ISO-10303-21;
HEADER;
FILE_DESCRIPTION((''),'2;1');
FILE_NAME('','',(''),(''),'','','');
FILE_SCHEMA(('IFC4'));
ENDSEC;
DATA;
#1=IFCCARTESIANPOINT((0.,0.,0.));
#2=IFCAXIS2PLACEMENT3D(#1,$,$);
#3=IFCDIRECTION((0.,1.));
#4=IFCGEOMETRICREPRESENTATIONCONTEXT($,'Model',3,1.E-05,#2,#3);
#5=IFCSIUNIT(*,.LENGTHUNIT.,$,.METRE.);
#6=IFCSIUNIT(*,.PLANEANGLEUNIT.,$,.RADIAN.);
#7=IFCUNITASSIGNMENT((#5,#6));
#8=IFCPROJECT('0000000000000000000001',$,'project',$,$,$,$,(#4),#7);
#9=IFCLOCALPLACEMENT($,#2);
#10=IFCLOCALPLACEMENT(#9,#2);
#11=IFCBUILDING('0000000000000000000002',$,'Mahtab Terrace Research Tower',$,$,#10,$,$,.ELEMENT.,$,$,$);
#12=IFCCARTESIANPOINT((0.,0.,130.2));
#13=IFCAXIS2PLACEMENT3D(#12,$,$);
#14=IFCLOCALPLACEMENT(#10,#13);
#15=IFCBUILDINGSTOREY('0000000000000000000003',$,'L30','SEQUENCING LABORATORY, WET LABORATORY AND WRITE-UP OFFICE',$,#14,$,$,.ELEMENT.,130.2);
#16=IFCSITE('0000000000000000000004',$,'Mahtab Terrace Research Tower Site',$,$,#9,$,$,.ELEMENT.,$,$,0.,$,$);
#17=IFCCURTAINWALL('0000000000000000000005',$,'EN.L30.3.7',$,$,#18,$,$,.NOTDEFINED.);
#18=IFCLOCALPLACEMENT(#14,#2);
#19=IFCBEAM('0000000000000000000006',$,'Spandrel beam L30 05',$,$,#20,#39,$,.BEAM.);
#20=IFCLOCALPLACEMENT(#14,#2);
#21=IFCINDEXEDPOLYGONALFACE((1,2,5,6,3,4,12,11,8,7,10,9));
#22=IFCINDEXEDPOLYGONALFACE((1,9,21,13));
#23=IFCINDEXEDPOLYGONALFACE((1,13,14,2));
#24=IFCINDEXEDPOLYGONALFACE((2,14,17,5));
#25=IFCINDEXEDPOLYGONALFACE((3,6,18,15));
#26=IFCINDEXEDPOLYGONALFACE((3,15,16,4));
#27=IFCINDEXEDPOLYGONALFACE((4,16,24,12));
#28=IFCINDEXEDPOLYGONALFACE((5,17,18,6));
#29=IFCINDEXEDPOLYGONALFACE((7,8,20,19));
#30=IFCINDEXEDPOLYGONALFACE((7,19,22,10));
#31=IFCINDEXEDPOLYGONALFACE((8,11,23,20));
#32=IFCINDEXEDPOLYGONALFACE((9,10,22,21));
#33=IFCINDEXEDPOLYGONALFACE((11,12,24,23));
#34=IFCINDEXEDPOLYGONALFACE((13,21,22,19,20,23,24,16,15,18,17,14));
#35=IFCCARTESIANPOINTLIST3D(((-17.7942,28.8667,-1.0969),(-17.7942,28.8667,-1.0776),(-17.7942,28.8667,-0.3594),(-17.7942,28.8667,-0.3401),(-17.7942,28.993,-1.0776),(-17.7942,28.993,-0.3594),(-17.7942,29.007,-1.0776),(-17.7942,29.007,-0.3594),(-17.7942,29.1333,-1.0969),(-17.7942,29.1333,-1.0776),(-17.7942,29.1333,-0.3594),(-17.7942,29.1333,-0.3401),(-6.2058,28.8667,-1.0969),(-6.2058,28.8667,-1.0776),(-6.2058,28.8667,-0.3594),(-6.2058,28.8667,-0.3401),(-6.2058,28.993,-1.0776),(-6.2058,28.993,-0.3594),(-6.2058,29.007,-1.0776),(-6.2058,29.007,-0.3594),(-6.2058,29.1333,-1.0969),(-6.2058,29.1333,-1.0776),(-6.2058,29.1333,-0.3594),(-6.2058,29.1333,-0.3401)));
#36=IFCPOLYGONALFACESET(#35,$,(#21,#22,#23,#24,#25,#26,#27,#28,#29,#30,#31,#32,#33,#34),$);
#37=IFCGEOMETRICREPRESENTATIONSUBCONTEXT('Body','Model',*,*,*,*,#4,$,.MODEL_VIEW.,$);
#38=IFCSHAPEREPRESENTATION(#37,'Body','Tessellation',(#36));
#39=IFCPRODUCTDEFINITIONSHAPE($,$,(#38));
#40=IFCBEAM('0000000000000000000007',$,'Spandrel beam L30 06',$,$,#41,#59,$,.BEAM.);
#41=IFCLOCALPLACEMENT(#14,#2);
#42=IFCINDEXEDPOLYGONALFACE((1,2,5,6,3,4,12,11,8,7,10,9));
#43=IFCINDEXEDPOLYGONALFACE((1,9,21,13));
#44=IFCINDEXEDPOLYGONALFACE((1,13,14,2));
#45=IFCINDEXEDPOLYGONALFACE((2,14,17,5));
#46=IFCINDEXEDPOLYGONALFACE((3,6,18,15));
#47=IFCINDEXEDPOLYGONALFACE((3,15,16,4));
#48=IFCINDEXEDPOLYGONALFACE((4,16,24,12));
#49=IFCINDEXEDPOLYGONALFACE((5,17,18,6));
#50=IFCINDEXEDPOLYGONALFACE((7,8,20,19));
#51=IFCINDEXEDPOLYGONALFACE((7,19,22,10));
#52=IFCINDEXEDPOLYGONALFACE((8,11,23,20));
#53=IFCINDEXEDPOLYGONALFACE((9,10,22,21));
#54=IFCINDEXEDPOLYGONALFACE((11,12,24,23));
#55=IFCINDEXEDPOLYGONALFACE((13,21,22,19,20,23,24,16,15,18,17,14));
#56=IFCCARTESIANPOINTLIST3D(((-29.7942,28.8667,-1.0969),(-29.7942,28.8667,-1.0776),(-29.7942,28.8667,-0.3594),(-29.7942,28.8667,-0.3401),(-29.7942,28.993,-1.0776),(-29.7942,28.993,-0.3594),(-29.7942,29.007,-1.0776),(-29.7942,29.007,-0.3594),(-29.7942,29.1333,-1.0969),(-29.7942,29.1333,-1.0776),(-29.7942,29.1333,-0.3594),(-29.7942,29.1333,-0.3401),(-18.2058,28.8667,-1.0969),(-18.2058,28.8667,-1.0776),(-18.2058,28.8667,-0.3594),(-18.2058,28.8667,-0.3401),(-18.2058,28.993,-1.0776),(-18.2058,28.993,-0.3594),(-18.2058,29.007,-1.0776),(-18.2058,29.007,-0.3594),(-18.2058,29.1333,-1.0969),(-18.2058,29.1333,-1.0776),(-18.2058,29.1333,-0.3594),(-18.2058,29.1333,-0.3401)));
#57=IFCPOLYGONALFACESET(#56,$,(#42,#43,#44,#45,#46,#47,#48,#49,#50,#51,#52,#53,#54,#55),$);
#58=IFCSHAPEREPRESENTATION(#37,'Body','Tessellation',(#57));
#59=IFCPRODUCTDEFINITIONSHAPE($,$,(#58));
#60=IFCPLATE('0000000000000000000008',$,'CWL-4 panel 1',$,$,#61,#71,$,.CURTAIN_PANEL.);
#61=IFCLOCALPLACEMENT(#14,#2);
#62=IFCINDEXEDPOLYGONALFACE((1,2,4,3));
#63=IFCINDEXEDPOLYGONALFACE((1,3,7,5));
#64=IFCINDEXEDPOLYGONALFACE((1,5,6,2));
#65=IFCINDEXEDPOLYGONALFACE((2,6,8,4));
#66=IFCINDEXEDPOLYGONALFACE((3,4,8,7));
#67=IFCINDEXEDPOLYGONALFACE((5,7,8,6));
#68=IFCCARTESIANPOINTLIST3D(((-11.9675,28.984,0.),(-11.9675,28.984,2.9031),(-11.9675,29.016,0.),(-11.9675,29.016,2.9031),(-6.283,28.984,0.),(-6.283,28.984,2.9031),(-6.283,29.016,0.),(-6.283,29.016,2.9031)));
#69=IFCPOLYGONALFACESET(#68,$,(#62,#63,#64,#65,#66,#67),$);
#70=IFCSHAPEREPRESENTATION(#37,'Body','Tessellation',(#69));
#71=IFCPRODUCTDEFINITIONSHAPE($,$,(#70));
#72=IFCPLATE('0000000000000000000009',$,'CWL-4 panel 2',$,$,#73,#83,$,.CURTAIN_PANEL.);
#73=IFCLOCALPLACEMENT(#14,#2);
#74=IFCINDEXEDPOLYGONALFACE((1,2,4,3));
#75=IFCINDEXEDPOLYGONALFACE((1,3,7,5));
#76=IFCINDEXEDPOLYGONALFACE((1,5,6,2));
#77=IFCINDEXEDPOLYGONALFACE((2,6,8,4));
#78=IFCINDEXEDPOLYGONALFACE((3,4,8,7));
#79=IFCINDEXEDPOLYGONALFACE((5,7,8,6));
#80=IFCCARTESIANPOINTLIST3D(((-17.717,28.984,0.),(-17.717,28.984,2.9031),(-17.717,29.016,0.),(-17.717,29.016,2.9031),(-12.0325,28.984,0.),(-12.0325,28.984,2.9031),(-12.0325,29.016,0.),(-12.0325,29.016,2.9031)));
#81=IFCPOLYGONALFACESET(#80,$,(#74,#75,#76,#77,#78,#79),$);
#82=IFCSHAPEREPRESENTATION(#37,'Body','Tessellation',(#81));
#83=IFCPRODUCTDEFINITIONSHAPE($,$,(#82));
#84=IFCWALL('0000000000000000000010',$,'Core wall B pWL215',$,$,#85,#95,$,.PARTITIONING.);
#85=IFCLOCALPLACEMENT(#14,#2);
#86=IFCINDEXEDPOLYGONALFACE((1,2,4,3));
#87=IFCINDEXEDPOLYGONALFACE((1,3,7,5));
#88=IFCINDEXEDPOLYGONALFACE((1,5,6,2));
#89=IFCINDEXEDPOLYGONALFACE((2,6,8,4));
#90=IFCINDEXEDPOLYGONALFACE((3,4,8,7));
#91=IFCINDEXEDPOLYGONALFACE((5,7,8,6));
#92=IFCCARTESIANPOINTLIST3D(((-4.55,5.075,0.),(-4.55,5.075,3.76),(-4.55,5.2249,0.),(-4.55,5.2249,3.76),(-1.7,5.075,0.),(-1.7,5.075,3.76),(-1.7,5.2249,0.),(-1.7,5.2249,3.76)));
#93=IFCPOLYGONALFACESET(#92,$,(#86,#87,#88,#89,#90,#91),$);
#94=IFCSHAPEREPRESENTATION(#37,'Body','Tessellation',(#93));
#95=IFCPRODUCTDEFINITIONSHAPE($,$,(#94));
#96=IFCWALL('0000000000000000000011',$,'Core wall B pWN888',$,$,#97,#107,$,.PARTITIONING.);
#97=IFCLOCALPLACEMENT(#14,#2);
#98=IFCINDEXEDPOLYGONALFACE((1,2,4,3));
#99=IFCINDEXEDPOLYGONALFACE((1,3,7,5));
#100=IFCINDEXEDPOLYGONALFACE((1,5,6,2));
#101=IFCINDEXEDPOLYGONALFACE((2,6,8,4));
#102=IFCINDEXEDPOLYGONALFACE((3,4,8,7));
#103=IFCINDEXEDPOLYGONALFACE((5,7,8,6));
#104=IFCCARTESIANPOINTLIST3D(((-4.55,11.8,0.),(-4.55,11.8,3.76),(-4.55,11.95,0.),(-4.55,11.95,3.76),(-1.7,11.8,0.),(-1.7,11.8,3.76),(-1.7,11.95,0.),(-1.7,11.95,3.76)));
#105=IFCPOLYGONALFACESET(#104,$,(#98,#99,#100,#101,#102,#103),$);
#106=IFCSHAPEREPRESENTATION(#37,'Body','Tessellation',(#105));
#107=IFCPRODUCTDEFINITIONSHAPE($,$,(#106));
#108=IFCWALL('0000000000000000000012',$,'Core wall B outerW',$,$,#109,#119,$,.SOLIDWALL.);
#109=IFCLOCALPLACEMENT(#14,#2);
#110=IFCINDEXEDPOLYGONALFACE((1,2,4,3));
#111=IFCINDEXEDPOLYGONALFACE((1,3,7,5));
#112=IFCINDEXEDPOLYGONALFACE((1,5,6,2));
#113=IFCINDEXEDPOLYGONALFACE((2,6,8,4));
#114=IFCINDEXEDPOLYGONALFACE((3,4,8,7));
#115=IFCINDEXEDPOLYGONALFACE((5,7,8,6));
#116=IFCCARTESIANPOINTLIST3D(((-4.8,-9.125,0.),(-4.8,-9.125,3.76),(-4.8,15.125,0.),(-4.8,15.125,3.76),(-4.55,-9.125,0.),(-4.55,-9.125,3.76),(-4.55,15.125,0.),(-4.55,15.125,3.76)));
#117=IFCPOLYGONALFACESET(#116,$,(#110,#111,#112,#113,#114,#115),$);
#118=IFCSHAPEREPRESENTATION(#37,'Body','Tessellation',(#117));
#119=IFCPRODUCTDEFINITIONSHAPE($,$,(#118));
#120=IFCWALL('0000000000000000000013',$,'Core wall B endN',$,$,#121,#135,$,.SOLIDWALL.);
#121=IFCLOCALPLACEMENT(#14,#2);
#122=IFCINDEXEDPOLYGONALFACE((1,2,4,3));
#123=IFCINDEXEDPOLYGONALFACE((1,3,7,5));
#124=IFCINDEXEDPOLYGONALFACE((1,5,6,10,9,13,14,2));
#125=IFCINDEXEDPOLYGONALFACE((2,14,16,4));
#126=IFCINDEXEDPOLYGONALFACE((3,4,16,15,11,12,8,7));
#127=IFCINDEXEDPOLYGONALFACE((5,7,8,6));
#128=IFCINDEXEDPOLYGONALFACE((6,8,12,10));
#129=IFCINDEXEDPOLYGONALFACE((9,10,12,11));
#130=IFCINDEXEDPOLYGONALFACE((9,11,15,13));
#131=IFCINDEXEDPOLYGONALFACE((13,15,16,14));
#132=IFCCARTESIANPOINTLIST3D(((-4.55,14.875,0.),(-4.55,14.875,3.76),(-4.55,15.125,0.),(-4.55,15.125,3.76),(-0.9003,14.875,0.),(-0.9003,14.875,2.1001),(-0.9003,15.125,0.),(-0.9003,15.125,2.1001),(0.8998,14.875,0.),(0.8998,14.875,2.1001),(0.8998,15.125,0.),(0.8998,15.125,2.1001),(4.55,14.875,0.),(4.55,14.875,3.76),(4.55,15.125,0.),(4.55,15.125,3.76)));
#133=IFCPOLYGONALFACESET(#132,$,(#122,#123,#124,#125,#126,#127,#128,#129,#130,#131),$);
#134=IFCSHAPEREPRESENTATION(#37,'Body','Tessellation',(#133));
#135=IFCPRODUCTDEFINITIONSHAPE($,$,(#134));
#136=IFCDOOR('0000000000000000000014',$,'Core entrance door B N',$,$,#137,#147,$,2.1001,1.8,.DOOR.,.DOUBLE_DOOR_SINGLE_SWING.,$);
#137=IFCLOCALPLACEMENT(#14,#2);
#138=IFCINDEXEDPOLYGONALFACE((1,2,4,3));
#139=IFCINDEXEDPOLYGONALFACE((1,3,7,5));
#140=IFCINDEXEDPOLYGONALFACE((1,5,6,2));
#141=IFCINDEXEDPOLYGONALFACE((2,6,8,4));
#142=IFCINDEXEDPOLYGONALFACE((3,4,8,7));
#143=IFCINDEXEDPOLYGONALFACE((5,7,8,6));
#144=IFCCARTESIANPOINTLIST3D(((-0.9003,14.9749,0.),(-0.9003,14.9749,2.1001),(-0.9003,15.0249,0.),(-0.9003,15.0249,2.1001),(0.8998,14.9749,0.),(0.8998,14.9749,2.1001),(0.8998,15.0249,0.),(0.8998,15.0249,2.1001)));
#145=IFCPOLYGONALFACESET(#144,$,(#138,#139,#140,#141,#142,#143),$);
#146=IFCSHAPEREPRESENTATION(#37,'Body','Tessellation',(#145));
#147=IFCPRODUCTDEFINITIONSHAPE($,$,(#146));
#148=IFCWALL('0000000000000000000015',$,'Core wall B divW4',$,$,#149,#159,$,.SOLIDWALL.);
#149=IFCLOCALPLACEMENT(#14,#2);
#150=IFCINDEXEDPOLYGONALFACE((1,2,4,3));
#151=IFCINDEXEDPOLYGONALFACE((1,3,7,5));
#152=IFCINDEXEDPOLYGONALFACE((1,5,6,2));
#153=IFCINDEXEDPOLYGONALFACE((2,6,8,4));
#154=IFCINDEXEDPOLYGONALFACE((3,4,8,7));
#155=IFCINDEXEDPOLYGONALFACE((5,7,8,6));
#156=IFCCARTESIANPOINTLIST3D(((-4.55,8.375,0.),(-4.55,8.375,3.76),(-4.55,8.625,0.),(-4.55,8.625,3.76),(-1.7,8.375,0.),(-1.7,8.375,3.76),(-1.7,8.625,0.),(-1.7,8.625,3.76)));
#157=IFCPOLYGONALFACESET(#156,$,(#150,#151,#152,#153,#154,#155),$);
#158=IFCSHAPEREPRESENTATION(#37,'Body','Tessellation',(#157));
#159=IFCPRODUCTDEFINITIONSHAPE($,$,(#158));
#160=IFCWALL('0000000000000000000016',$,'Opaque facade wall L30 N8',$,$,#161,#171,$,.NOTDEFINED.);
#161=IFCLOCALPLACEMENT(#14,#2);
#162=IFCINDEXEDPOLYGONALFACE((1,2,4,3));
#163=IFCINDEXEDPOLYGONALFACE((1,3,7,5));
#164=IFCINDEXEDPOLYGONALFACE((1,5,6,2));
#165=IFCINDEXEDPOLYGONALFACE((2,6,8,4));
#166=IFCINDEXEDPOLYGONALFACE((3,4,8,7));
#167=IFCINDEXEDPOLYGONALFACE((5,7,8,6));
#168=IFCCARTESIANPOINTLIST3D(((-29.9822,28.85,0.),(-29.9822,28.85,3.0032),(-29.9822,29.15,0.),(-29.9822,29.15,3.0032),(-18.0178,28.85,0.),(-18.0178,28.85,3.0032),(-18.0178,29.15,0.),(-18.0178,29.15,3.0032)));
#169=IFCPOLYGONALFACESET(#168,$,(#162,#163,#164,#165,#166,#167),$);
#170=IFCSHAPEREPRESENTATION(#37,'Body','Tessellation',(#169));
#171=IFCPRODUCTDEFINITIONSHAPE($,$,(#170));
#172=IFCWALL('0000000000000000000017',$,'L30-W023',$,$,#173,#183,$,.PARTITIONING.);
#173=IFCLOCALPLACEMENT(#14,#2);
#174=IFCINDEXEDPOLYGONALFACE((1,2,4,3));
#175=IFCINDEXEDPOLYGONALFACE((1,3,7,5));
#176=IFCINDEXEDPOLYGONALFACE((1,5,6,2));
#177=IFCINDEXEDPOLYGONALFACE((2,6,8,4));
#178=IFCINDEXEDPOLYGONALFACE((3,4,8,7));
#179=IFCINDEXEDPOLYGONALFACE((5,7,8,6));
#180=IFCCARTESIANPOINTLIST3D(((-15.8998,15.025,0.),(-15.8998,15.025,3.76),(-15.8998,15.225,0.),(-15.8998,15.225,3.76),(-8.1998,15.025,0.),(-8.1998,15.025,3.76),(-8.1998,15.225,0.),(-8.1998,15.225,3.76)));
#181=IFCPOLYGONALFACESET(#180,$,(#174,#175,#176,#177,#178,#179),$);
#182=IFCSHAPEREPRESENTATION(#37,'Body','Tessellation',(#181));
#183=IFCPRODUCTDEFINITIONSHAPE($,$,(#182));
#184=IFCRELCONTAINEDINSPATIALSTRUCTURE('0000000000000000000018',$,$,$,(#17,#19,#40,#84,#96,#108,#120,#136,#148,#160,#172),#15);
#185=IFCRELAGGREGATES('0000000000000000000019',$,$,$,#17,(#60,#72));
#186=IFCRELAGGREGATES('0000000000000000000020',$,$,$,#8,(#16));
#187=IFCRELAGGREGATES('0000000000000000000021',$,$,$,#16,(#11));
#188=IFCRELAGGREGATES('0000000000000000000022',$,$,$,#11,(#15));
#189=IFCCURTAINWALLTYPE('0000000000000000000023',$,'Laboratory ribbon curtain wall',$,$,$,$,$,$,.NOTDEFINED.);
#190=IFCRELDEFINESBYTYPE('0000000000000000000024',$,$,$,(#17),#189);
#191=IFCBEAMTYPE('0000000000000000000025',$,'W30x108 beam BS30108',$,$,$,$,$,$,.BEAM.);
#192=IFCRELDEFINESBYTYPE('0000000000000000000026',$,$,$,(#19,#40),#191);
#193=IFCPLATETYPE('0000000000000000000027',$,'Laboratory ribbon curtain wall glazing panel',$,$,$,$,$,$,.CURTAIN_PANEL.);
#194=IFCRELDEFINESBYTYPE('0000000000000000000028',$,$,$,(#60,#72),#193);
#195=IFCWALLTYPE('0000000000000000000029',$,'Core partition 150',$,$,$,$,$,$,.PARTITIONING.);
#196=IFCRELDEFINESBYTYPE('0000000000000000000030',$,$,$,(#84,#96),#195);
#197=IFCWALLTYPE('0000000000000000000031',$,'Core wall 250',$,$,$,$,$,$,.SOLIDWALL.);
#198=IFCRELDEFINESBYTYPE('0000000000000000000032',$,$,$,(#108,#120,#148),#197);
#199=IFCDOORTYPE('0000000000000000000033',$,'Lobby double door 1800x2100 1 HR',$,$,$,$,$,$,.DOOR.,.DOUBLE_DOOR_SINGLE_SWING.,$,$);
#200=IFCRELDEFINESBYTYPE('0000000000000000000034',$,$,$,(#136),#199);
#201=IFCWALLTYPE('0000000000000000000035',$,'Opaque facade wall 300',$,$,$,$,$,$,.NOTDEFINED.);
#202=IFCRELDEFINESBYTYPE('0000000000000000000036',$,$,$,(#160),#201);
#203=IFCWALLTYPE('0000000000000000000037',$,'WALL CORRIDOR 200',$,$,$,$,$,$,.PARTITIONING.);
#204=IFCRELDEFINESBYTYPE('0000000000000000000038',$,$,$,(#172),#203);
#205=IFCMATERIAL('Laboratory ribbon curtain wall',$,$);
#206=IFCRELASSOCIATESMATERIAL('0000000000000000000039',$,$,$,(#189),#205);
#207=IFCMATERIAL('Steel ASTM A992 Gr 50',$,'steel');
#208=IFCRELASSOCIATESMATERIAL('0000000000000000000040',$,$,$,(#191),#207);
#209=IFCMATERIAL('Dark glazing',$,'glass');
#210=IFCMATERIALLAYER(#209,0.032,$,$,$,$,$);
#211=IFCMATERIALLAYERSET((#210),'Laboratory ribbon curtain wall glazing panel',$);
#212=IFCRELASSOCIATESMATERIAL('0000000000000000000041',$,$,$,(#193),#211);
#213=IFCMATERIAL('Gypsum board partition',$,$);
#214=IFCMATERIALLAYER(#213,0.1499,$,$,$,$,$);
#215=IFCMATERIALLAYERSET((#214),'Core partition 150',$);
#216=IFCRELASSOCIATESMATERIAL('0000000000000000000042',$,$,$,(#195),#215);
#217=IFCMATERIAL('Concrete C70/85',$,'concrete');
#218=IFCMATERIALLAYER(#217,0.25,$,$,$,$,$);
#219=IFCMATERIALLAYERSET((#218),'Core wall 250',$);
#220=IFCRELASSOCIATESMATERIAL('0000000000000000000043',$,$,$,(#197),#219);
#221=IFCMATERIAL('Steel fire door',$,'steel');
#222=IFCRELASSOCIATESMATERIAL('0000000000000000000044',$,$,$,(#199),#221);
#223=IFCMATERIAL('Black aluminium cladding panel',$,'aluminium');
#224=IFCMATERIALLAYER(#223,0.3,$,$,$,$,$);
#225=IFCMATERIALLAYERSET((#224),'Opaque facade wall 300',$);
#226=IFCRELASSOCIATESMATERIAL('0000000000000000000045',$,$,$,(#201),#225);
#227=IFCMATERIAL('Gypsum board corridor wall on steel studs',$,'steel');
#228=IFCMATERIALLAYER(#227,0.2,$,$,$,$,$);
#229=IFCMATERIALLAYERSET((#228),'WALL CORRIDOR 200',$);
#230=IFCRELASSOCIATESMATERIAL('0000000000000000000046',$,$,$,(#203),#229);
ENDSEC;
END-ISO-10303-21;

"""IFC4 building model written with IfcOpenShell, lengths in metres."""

from ifc_helpers import new_model, si_unit, direction, frame, frame_2d, origin, origin_2d, place, context, subcontext, project, spatial, rectangle, i_section, extrude, material, layer, layer_set, material_profile, profile_set, type_object, element, fill, aggregate, save


model = new_model("IFC4")

# Units and contexts
model_context = context("Model", 3, precision=1e-05, world=origin(), true_north=direction((0.0, 1.0)))
body_context = subcontext(model_context, "Body", "Model", "MODEL_VIEW")
ifc_project = project(units=[si_unit("LENGTHUNIT", "METRE"), si_unit("PLANEANGLEUNIT", "RADIAN")], contexts=[model_context])

# Site, building, storey
site_placement = place(None, origin())
site = spatial("IfcSite", under=ifc_project, at=site_placement, Name="Mahtab Terrace Research Tower Site", CompositionType="ELEMENT", RefElevation=0.0)
building_placement = place(site_placement, origin())
building = spatial("IfcBuilding", under=site, at=building_placement, Name="Mahtab Terrace Research Tower", CompositionType="ELEMENT")
storey_placement = place(building_placement, frame((0.0, 0.0, 130.2)))
storey = spatial("IfcBuildingStorey", under=building, at=storey_placement, Name="L30", Description="SEQUENCING LABORATORY, WET LABORATORY AND WRITE-UP OFFICE", CompositionType="ELEMENT", Elevation=130.2)

# Shared definitions
ifc_material_1 = material(Name="Concrete C70/85", Category="concrete")
ifc_material_2 = material(Name="Steel ASTM A992 Gr 50", Category="steel")

# Curtain wall
ifc_material_3 = material(Name="Laboratory ribbon curtain wall")
curtain_wall_type = type_object("IfcCurtainWallType", Name="Laboratory ribbon curtain wall", PredefinedType="NOTDEFINED", material=ifc_material_3)
curtain_wall_placement = place(storey_placement, origin())
curtain_wall = element("IfcCurtainWall", 1, at=curtain_wall_placement, inside=storey, type_object=curtain_wall_type, Name="EN.L30.3.7", PredefinedType="NOTDEFINED")

# Beams
ifc_material_profile_1 = material_profile(ifc_material_2, i_section(OverallWidth=0.2666, OverallDepth=0.7568, WebThickness=0.0139, FlangeThickness=0.0193, at=origin_2d()), Name="W30X108")
ifc_profile_set_1 = profile_set([ifc_material_profile_1], Name="Steel ASTM A992 Gr 50")
beam_type = type_object("IfcBeamType", Name="W30x108 beam BS30108", PredefinedType="BEAM", material=ifc_profile_set_1)
for number, where, z_axis, x_axis, name in (
    (2, (-6.2058, 29.0, -0.7185), (-1.0, 0.0, 0.0), (0.0, -1.0, 0.0), "Spandrel beam L30 05"),
    (3, (-18.2058, 29.0, -0.7185), (-1.0, 0.0, 0.0), (0.0, -1.0, 0.0), "Spandrel beam L30 06"),
):
    element("IfcBeam", number, at=place(storey_placement, frame(where, z_axis=z_axis, x_axis=x_axis)), inside=storey, type_object=beam_type, Name=name, PredefinedType="BEAM", context=body_context, shape_type="SweptSolid", body=[
        extrude(i_section(OverallWidth=0.2666, OverallDepth=0.7568, WebThickness=0.0139, FlangeThickness=0.0193, at=origin_2d()), origin(), (0.0, 0.0, 1.0), 11.5884),
    ])

# Plates
ifc_material_4 = material(Name="Dark glazing", Category="glass")
ifc_layer_1 = layer(ifc_material_4, 0.032)
ifc_layer_set_1 = layer_set([ifc_layer_1], Name="Laboratory ribbon curtain wall glazing panel")
plate_type = type_object("IfcPlateType", Name="Laboratory ribbon curtain wall glazing panel", PredefinedType="CURTAIN_PANEL", material=ifc_layer_set_1)
plate_1_placement = place(storey_placement, frame((-9.1252, 29.0, 0.0), z_axis=(0.0, 0.0, 1.0), x_axis=(-1.0, 0.0, 0.0)))
plate_1 = element("IfcPlate", 4, at=plate_1_placement, type_object=plate_type, Name="CWL-4 panel 1", PredefinedType="CURTAIN_PANEL", context=body_context, shape_type="SweptSolid", body=[
    extrude(rectangle(XDim=5.6846, YDim=0.032, at=origin_2d()), origin(), (0.0, 0.0, 1.0), 2.9031),
])
plate_2_placement = place(storey_placement, frame((-14.8748, 29.0, 0.0), z_axis=(0.0, 0.0, 1.0), x_axis=(-1.0, 0.0, 0.0)))
plate_2 = element("IfcPlate", 5, at=plate_2_placement, type_object=plate_type, Name="CWL-4 panel 2", PredefinedType="CURTAIN_PANEL", context=body_context, shape_type="SweptSolid", body=[
    extrude(rectangle(XDim=5.6846, YDim=0.032, at=origin_2d()), origin(), (0.0, 0.0, 1.0), 2.9031),
])
aggregate(curtain_wall, [plate_1, plate_2])

# Walls
ifc_material_5 = material(Name="Gypsum board partition")
ifc_layer_2 = layer(ifc_material_5, 0.1499)
ifc_layer_set_2 = layer_set([ifc_layer_2], Name="Core partition 150")
wall_type_1 = type_object("IfcWallType", Name="Core partition 150", PredefinedType="PARTITIONING", material=ifc_layer_set_2)
for number, where, z_axis, x_axis, name in (
    (6, (-4.55, 5.1499, 0.0), (0.0, 0.0, 1.0), (1.0, 0.0, 0.0), "Core wall B pWL215"),
    (7, (-4.55, 11.875, 0.0), (0.0, 0.0, 1.0), (1.0, 0.0, 0.0), "Core wall B pWN888"),
):
    element("IfcWall", number, at=place(storey_placement, frame(where, z_axis=z_axis, x_axis=x_axis)), inside=storey, type_object=wall_type_1, Name=name, PredefinedType="PARTITIONING", context=body_context, shape_type="SweptSolid", body=[
        extrude(rectangle(XDim=2.8501, YDim=0.1499, at=frame_2d((1.425, 0.0))), origin(), (0.0, 0.0, 1.0), 3.76),
    ])
ifc_layer_3 = layer(ifc_material_1, 0.25)
ifc_layer_set_3 = layer_set([ifc_layer_3], Name="Core wall 250")
wall_type_2 = type_object("IfcWallType", Name="Core wall 250", PredefinedType="SOLIDWALL", material=ifc_layer_set_3)
wall_1_placement = place(storey_placement, frame((-4.675, 15.125, 0.0), z_axis=(0.0, 0.0, 1.0), x_axis=(0.0, -1.0, 0.0)))
element("IfcWall", 8, at=wall_1_placement, inside=storey, type_object=wall_type_2, Name="Core wall B outerW", PredefinedType="SOLIDWALL", context=body_context, shape_type="SweptSolid", body=[
    extrude(rectangle(XDim=24.25, YDim=0.25, at=frame_2d((12.125, 0.0))), origin(), (0.0, 0.0, 1.0), 3.76),
])

# Wall, opening, door
wall_2_placement = place(storey_placement, frame((-4.55, 15.0, 0.0), z_axis=(0.0, 0.0, 1.0), x_axis=(1.0, 0.0, 0.0)))
wall_2 = element("IfcWall", 9, at=wall_2_placement, inside=storey, type_object=wall_type_2, Name="Core wall B endN", PredefinedType="SOLIDWALL", context=body_context, shape_type="SweptSolid", body=[
    extrude(rectangle(XDim=9.1001, YDim=0.25, at=frame_2d((4.55, 0.0))), origin(), (0.0, 0.0, 1.0), 3.76),
])
opening_placement = place(wall_2_placement, frame((3.6499, 0.0, 0.0)))
opening = element("IfcOpeningElement", 10, at=opening_placement, cuts=wall_2, PredefinedType="OPENING", context=body_context, shape_type="SweptSolid", body=[
    extrude(rectangle(XDim=1.8, YDim=2.1001, at=frame_2d((0.8999, 1.05))), frame((0.0, 0.135, 0.0), z_axis=(0.0, -1.0, 0.0), x_axis=(1.0, 0.0, 0.0)), (0.0, 0.0, 1.0), 0.27),
])
ifc_material_6 = material(Name="Steel fire door", Category="steel")
door_type = type_object("IfcDoorType", Name="Lobby double door 1800x2100 1 HR", OperationType="DOUBLE_DOOR_SINGLE_SWING", PredefinedType="DOOR", material=ifc_material_6)
door_placement = place(opening_placement, origin())
door = element("IfcDoor", 11, at=door_placement, inside=storey, type_object=door_type, Name="Core entrance door B N", OperationType="DOUBLE_DOOR_SINGLE_SWING", OverallHeight=2.1001, OverallWidth=1.8, PredefinedType="DOOR", context=body_context, shape_type="SweptSolid", body=[
    extrude(rectangle(XDim=1.8, YDim=2.1001, at=frame_2d((0.8999, 1.05))), frame((0.0, 0.0249, 0.0), z_axis=(0.0, -1.0, 0.0), x_axis=(1.0, 0.0, 0.0)), (0.0, 0.0, 1.0), 0.05),
])
fill(opening, door)

# Walls
wall_3_placement = place(storey_placement, frame((-4.55, 8.5, 0.0), z_axis=(0.0, 0.0, 1.0), x_axis=(1.0, 0.0, 0.0)))
element("IfcWall", 12, at=wall_3_placement, inside=storey, type_object=wall_type_2, Name="Core wall B divW4", PredefinedType="SOLIDWALL", context=body_context, shape_type="SweptSolid", body=[
    extrude(rectangle(XDim=2.8501, YDim=0.25, at=frame_2d((1.425, 0.0))), origin(), (0.0, 0.0, 1.0), 3.76),
])
ifc_material_7 = material(Name="Black aluminium cladding panel", Category="aluminium")
ifc_layer_4 = layer(ifc_material_7, 0.3)
ifc_layer_set_4 = layer_set([ifc_layer_4], Name="Opaque facade wall 300")
wall_type_3 = type_object("IfcWallType", Name="Opaque facade wall 300", PredefinedType="NOTDEFINED", material=ifc_layer_set_4)
wall_4_placement = place(storey_placement, frame((-18.0178, 29.0, 0.0), z_axis=(0.0, 0.0, 1.0), x_axis=(-1.0, 0.0, 0.0)))
element("IfcWall", 13, at=wall_4_placement, inside=storey, type_object=wall_type_3, Name="Opaque facade wall L30 N8", PredefinedType="NOTDEFINED", context=body_context, shape_type="SweptSolid", body=[
    extrude(rectangle(XDim=11.9644, YDim=0.3, at=frame_2d((5.9822, 0.0))), origin(), (0.0, 0.0, 1.0), 3.0032),
])
ifc_material_8 = material(Name="Gypsum board corridor wall on steel studs", Category="steel")
ifc_layer_5 = layer(ifc_material_8, 0.2)
ifc_layer_set_5 = layer_set([ifc_layer_5], Name="WALL CORRIDOR 200")
wall_type_4 = type_object("IfcWallType", Name="WALL CORRIDOR 200", PredefinedType="PARTITIONING", material=ifc_layer_set_5)
wall_5_placement = place(storey_placement, frame((-15.8999, 15.125, 0.0), z_axis=(0.0, 0.0, 1.0), x_axis=(1.0, 0.0, 0.0)))
element("IfcWall", 14, at=wall_5_placement, inside=storey, type_object=wall_type_4, Name="L30-W023", PredefinedType="PARTITIONING", context=body_context, shape_type="SweptSolid", body=[
    extrude(rectangle(XDim=7.7, YDim=0.2, at=frame_2d((3.8501, 0.0))), origin(), (0.0, 0.0, 1.0), 3.76),
])

save(model, "model.ifc")
